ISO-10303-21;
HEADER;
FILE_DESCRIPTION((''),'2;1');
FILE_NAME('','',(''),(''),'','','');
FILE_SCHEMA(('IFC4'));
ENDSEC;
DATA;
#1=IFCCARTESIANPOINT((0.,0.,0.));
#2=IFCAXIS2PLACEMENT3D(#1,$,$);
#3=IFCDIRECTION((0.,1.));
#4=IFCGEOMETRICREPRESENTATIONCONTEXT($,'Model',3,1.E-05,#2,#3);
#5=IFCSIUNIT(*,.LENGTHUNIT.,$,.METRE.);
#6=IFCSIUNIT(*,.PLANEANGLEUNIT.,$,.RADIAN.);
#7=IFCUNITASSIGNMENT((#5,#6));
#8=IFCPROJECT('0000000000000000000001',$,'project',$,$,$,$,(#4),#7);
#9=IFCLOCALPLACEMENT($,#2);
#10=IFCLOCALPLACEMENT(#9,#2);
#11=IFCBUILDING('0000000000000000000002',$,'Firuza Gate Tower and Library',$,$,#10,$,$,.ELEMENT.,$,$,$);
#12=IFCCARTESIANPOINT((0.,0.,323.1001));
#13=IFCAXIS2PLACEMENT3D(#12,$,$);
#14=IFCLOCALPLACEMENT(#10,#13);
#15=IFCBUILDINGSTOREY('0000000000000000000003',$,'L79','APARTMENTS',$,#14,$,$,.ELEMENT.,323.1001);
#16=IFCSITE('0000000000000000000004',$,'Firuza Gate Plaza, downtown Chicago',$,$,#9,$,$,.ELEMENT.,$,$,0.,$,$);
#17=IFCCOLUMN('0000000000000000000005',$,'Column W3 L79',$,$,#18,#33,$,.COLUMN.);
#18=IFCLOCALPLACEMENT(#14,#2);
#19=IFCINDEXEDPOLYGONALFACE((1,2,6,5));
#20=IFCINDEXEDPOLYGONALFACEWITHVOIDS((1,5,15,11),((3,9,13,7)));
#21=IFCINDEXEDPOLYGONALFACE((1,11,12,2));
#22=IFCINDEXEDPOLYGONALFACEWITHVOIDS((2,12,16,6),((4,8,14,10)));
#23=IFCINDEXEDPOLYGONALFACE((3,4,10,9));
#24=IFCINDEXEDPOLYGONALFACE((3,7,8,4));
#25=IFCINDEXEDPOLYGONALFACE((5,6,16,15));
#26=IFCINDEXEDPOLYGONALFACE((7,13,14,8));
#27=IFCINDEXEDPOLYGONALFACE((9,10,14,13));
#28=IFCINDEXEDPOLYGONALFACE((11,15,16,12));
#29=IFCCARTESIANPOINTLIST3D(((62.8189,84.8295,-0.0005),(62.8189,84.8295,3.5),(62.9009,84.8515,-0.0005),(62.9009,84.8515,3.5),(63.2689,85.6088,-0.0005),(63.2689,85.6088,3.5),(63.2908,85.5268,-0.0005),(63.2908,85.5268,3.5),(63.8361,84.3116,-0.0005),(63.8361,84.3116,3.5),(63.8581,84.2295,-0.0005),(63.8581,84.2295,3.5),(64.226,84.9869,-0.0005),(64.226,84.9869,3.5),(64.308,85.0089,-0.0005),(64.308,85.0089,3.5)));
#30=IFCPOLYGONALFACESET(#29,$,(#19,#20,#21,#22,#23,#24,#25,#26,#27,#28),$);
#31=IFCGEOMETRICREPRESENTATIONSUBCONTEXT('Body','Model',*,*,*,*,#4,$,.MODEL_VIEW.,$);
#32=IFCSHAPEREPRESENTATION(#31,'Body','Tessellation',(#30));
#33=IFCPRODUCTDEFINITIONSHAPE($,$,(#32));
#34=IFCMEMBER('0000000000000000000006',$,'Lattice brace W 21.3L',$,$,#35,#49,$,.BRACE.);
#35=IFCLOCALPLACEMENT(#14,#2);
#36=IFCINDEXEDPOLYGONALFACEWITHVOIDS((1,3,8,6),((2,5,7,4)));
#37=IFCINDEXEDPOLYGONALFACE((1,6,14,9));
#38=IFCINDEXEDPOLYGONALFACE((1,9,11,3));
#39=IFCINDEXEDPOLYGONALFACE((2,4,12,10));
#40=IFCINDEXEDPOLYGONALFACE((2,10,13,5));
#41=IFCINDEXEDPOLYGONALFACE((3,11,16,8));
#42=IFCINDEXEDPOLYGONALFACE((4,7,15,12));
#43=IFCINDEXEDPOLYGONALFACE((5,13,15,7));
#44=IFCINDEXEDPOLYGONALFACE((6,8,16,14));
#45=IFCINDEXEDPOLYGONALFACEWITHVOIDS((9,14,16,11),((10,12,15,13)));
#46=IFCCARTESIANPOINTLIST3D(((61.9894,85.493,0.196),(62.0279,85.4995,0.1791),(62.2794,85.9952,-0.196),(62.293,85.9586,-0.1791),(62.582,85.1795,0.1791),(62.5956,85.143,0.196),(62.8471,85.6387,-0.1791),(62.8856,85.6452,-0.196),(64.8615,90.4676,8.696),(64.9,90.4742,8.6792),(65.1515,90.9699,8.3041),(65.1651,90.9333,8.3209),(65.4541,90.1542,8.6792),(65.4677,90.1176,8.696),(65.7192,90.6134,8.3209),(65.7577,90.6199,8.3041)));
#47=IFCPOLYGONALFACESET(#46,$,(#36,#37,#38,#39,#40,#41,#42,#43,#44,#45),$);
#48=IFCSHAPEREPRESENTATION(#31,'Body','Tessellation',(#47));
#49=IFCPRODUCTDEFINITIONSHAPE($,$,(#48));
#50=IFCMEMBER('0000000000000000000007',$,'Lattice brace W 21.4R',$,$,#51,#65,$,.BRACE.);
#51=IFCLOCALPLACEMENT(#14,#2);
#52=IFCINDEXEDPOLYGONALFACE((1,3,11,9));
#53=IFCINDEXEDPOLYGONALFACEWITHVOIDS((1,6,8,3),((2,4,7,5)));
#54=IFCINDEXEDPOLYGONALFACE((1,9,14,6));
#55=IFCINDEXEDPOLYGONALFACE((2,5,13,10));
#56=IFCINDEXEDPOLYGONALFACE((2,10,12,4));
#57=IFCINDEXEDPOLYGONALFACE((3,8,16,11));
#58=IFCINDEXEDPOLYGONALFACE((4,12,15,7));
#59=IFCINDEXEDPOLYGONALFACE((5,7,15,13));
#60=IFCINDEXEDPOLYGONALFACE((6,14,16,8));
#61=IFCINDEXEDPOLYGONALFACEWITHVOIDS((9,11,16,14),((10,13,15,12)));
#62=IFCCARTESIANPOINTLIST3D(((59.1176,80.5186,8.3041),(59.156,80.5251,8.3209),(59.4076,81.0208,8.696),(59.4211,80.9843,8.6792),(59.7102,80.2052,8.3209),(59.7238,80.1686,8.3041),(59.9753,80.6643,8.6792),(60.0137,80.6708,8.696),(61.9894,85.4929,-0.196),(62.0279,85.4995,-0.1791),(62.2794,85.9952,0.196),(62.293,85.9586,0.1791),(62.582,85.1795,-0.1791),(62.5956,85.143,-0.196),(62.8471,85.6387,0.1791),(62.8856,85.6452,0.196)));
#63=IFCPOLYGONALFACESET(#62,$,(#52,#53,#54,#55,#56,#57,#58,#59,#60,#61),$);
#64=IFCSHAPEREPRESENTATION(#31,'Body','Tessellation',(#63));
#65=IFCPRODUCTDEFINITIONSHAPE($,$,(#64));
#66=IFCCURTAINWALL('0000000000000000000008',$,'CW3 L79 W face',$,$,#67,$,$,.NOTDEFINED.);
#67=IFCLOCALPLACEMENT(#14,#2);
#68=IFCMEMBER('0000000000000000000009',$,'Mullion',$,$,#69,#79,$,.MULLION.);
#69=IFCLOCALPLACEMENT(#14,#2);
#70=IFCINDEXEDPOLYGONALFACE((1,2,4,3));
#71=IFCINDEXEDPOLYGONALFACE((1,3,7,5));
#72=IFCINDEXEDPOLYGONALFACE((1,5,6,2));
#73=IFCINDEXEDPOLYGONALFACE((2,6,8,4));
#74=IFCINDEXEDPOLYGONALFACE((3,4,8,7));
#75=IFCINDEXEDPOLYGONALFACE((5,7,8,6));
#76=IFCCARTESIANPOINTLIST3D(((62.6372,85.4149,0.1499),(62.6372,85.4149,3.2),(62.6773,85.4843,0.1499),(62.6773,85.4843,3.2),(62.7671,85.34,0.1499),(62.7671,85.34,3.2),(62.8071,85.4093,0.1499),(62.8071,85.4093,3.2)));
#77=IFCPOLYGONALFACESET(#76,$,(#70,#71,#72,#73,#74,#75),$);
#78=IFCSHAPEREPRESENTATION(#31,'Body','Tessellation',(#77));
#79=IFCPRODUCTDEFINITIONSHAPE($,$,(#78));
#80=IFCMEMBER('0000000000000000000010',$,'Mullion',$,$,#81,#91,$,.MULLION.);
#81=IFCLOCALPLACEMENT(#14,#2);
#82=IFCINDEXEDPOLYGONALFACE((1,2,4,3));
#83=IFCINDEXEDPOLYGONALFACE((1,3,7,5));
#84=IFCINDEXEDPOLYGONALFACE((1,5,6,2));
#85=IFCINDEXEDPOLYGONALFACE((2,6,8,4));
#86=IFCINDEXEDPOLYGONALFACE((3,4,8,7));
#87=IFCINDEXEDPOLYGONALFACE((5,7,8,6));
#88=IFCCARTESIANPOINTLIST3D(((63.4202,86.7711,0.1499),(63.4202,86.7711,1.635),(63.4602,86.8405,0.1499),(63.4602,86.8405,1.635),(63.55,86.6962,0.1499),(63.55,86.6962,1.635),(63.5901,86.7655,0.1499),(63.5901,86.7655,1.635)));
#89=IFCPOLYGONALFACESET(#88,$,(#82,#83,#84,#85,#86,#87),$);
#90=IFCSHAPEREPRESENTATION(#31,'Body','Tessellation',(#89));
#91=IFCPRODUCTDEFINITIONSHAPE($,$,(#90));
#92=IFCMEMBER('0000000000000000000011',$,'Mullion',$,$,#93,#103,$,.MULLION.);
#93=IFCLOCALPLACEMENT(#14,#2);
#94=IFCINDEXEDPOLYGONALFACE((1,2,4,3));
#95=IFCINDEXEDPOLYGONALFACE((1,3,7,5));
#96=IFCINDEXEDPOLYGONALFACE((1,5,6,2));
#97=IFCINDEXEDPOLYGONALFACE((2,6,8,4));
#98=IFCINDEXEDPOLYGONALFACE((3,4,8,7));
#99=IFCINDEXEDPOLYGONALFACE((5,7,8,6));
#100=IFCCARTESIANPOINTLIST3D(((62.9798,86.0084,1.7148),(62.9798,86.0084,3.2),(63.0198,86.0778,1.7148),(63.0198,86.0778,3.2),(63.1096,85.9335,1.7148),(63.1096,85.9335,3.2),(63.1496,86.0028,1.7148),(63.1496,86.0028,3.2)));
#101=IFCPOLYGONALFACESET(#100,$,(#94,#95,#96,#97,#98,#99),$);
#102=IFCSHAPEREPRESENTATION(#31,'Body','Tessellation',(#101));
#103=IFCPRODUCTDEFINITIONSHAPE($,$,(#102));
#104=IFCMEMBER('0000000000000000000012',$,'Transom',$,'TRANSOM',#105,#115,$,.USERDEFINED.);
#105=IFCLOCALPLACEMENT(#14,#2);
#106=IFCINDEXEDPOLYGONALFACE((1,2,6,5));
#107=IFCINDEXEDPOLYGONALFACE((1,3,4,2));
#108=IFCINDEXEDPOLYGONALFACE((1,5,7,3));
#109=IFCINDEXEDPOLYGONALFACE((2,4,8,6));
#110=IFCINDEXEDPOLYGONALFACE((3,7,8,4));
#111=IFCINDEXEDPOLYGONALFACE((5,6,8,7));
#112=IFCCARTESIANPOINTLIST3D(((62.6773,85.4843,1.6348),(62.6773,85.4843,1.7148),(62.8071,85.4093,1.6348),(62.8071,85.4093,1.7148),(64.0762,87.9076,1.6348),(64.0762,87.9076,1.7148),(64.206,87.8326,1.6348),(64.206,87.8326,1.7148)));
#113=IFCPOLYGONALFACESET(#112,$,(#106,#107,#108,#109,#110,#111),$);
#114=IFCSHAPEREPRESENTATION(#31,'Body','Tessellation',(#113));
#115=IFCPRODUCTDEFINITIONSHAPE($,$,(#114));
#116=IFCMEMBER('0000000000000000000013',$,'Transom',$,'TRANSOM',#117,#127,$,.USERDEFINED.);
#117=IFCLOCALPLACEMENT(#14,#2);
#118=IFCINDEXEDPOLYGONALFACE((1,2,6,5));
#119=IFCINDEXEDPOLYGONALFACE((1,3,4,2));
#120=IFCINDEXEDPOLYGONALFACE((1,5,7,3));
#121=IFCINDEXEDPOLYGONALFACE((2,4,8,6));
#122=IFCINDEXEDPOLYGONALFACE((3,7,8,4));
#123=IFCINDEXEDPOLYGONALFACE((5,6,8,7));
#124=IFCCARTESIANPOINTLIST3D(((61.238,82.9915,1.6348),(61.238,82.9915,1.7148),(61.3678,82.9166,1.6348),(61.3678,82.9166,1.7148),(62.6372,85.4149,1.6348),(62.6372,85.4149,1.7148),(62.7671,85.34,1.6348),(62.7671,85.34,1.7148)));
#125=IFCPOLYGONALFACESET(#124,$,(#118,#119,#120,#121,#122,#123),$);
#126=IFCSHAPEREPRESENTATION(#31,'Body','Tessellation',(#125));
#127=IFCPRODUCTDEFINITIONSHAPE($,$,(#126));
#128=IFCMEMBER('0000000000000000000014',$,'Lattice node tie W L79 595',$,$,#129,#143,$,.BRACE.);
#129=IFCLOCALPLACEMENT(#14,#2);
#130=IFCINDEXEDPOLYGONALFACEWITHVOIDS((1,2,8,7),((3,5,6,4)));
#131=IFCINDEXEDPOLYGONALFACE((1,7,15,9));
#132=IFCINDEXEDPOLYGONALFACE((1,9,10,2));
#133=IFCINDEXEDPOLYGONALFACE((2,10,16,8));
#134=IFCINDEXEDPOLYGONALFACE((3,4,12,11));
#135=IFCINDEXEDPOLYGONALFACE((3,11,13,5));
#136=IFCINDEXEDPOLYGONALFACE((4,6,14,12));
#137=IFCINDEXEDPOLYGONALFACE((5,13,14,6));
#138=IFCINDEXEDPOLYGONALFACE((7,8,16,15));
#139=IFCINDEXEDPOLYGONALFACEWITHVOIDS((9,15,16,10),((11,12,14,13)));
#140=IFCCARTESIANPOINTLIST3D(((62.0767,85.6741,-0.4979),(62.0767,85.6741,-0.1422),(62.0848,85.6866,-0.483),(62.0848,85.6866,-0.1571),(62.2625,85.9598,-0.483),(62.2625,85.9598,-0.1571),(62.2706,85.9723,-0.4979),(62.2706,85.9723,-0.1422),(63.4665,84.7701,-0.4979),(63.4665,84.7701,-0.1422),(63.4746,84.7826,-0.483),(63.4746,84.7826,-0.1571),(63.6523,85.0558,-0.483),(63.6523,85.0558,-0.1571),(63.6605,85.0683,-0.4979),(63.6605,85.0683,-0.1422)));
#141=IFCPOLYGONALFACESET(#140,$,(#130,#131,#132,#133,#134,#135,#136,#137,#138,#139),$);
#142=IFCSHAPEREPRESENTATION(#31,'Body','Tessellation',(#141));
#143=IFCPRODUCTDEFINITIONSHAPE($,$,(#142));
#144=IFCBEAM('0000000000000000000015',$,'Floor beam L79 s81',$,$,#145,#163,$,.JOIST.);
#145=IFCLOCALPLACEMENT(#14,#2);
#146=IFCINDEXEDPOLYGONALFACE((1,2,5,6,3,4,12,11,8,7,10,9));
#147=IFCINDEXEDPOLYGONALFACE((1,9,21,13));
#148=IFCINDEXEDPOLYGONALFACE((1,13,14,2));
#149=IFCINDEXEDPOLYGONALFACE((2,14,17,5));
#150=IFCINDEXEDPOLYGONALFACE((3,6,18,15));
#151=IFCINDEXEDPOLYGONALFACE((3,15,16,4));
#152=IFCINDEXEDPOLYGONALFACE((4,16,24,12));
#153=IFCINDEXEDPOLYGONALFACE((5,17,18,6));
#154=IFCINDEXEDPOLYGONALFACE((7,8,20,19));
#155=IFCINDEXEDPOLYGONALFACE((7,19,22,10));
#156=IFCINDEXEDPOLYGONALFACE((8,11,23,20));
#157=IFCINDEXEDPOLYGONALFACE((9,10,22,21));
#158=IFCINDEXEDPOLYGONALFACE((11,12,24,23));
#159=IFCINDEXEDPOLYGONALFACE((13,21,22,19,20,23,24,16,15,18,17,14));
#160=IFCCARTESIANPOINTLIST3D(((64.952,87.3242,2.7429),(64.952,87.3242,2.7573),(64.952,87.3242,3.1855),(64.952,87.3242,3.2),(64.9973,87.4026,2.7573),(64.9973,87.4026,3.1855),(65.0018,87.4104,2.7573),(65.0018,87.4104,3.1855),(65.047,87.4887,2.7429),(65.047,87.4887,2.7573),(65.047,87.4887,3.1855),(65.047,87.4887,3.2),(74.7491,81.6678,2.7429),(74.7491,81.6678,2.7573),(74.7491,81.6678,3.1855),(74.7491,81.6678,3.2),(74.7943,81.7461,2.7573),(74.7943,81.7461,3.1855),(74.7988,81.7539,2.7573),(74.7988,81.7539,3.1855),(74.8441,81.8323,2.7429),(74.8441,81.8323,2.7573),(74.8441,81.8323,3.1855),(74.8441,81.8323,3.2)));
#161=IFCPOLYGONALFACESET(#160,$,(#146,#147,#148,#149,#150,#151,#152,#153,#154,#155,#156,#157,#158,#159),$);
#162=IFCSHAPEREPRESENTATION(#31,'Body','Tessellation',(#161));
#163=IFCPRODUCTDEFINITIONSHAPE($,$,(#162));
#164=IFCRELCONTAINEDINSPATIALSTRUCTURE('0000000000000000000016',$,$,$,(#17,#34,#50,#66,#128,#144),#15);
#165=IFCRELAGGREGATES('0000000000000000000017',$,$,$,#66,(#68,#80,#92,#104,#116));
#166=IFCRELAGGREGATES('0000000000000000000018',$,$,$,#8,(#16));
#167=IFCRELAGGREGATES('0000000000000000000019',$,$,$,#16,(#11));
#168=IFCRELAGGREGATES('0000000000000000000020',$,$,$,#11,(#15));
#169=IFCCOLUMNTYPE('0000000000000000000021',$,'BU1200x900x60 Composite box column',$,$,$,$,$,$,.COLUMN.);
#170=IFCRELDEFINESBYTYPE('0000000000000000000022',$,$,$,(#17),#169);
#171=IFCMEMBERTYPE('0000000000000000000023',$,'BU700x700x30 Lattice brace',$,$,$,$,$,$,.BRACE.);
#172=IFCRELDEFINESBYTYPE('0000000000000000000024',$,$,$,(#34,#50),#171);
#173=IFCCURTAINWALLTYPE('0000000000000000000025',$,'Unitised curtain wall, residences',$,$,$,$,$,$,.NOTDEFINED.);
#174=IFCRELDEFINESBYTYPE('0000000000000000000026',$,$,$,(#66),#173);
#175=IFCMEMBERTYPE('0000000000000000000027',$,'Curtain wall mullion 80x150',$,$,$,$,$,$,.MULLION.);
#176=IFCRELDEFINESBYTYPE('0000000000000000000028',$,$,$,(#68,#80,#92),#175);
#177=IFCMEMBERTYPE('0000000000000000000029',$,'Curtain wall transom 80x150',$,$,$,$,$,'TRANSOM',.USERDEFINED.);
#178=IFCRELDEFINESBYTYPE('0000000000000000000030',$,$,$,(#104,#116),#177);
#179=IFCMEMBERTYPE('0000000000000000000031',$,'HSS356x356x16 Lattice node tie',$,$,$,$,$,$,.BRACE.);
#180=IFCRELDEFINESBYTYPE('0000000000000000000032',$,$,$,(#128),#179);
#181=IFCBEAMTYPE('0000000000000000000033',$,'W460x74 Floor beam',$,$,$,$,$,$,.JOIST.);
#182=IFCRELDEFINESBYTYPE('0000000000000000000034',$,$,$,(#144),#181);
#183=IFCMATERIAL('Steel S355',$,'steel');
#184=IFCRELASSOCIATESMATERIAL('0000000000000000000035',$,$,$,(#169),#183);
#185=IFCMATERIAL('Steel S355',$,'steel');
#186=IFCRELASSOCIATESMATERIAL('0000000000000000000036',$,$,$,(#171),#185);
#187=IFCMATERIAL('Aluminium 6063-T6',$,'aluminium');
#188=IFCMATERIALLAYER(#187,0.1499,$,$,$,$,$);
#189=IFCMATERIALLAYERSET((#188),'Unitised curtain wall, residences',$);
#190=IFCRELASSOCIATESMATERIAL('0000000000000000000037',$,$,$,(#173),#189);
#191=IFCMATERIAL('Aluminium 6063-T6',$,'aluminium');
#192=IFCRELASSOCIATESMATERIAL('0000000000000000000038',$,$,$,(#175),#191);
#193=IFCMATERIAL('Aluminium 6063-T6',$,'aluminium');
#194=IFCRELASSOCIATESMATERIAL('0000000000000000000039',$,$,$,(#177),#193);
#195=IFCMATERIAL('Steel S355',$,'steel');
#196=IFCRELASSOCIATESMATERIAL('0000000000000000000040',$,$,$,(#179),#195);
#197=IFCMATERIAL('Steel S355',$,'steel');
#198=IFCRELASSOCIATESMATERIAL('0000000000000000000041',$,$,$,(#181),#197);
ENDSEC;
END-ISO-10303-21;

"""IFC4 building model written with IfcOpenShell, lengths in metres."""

from ifc_helpers import new_model, si_unit, direction, frame, origin, origin_2d, place, context, subcontext, project, spatial, rectangle, hollow_rectangle, i_section, extrude, material, layer, layer_set, material_profile, profile_set, type_object, element, aggregate, save


model = new_model("IFC4")

# Units and contexts
model_context = context("Model", 3, precision=1e-05, world=origin(), true_north=direction((0.0, 1.0)))
body_context = subcontext(model_context, "Body", "Model", "MODEL_VIEW")
ifc_project = project(units=[si_unit("LENGTHUNIT", "METRE"), si_unit("PLANEANGLEUNIT", "RADIAN")], contexts=[model_context])

# Site, building, storey
site_placement = place(None, origin())
site = spatial("IfcSite", under=ifc_project, at=site_placement, Name="Firuza Gate Plaza, downtown Chicago", CompositionType="ELEMENT", RefElevation=0.0)
building_placement = place(site_placement, origin())
building = spatial("IfcBuilding", under=site, at=building_placement, Name="Firuza Gate Tower and Library", CompositionType="ELEMENT")
storey_placement = place(building_placement, frame((0.0, 0.0, 323.1001)))
storey = spatial("IfcBuildingStorey", under=building, at=storey_placement, Name="L79", Description="APARTMENTS", CompositionType="ELEMENT", Elevation=323.1001)

# Column
ifc_material_1 = material(Name="Steel S355", Category="steel")
ifc_material_profile_1 = material_profile(ifc_material_1, hollow_rectangle(XDim=0.8999, YDim=1.2, WallThickness=0.0601, at=origin_2d()))
ifc_profile_set_1 = profile_set([ifc_material_profile_1], Name="Steel S355")
column_type = type_object("IfcColumnType", Name="BU1200x900x60 Composite box column", PredefinedType="COLUMN", material=ifc_profile_set_1)
column_placement = place(storey_placement, frame((63.5635, 84.9192, -0.0005), z_axis=(0.0, 0.0, 1.0), x_axis=(-0.5, -0.866025, 0.0)))
element("IfcColumn", 1, at=column_placement, inside=storey, type_object=column_type, Name="Column W3 L79", PredefinedType="COLUMN", context=body_context, shape_type="SweptSolid", body=[
    extrude(hollow_rectangle(XDim=0.8999, YDim=1.2, WallThickness=0.0601, at=origin_2d()), origin(), (0.0, 0.0, 1.0), 3.5005),
])

# Members
ifc_material_2 = material(Name="Steel S355", Category="steel")
ifc_material_profile_2 = material_profile(ifc_material_2, hollow_rectangle(XDim=0.7, YDim=0.7, WallThickness=0.03, at=origin_2d()))
ifc_profile_set_2 = profile_set([ifc_material_profile_2], Name="Steel S355")
member_type_1 = type_object("IfcMemberType", Name="BU700x700x30 Lattice brace", PredefinedType="BRACE", material=ifc_profile_set_2)
member_1_placement = place(storey_placement, frame((62.4375, 85.5691, 0.0), z_axis=(0.279958, 0.484906, 0.828547), x_axis=(-0.866027, 0.499997, 0.0)))
element("IfcMember", 2, at=member_1_placement, inside=storey, type_object=member_type_1, Name="Lattice brace W 21.3L", PredefinedType="BRACE", context=body_context, shape_type="SweptSolid", body=[
    extrude(hollow_rectangle(XDim=0.7, YDim=0.7, WallThickness=0.03, at=origin_2d()), origin(), (0.0, 0.0, 1.0), 10.259),
])
member_2_placement = place(storey_placement, frame((62.4375, 85.5691, 0.0), z_axis=(-0.27994, -0.484891, 0.828562), x_axis=(0.866035, -0.499984, 0.0)))
element("IfcMember", 3, at=member_2_placement, inside=storey, type_object=member_type_1, Name="Lattice brace W 21.4R", PredefinedType="BRACE", context=body_context, shape_type="SweptSolid", body=[
    extrude(hollow_rectangle(XDim=0.7, YDim=0.7, WallThickness=0.03, at=origin_2d()), origin(), (0.0, 0.0, 1.0), 10.2588),
])

# Curtain wall, members
ifc_material_3 = material(Name="Aluminium 6063-T6", Category="aluminium")
ifc_layer_1 = layer(ifc_material_3, 0.1499)
ifc_layer_set_1 = layer_set([ifc_layer_1], Name="Unitised curtain wall, residences")
curtain_wall_type = type_object("IfcCurtainWallType", Name="Unitised curtain wall, residences", PredefinedType="NOTDEFINED", material=ifc_layer_set_1)
curtain_wall_placement = place(storey_placement, origin())
curtain_wall = element("IfcCurtainWall", 4, at=curtain_wall_placement, inside=storey, type_object=curtain_wall_type, Name="CW3 L79 W face", PredefinedType="NOTDEFINED")
ifc_material_4 = material(Name="Aluminium 6063-T6", Category="aluminium")
ifc_material_profile_3 = material_profile(ifc_material_4, rectangle(XDim=0.1499, YDim=0.0801, at=origin_2d()))
ifc_profile_set_3 = profile_set([ifc_material_profile_3], Name="Aluminium 6063-T6")
member_type_2 = type_object("IfcMemberType", Name="Curtain wall mullion 80x150", PredefinedType="MULLION", material=ifc_profile_set_3)
member_3_placement = place(storey_placement, frame((62.7222, 85.4121, 0.1499), z_axis=(0.0, 0.0, 1.0), x_axis=(0.866025, -0.5, 0.0)))
member_3 = element("IfcMember", 5, at=member_3_placement, type_object=member_type_2, Name="Mullion", PredefinedType="MULLION", context=body_context, shape_type="SweptSolid", body=[
    extrude(rectangle(XDim=0.1499, YDim=0.0801, at=origin_2d()), origin(), (0.0, 0.0, 1.0), 3.05),
])
member_4_placement = place(storey_placement, frame((63.5051, 86.7683, 0.1499), z_axis=(0.0, 0.0, 1.0), x_axis=(0.866025, -0.5, 0.0)))
member_4 = element("IfcMember", 6, at=member_4_placement, type_object=member_type_2, Name="Mullion", PredefinedType="MULLION", context=body_context, shape_type="SweptSolid", body=[
    extrude(rectangle(XDim=0.1499, YDim=0.0801, at=origin_2d()), origin(), (0.0, 0.0, 1.0), 1.4851),
])
member_5_placement = place(storey_placement, frame((63.0647, 86.0056, 1.7148), z_axis=(0.0, 0.0, 1.0), x_axis=(0.866025, -0.5, 0.0)))
member_5 = element("IfcMember", 7, at=member_5_placement, type_object=member_type_2, Name="Mullion", PredefinedType="MULLION", context=body_context, shape_type="SweptSolid", body=[
    extrude(rectangle(XDim=0.1499, YDim=0.0801, at=origin_2d()), origin(), (0.0, 0.0, 1.0), 1.4851),
])
ifc_material_5 = material(Name="Aluminium 6063-T6", Category="aluminium")
ifc_material_profile_4 = material_profile(ifc_material_5, rectangle(XDim=0.1499, YDim=0.0801, at=origin_2d()))
ifc_profile_set_4 = profile_set([ifc_material_profile_4], Name="Aluminium 6063-T6")
member_type_3 = type_object("IfcMemberType", Name="Curtain wall transom 80x150", ElementType="TRANSOM", PredefinedType="USERDEFINED", material=ifc_profile_set_4)
member_6_placement = place(storey_placement, frame((64.1411, 87.8701, 1.6748), z_axis=(-0.499949, -0.866055, 0.0), x_axis=(0.866055, -0.499949, 0.0)))
member_6 = element("IfcMember", 8, at=member_6_placement, type_object=member_type_3, Name="Transom", ObjectType="TRANSOM", PredefinedType="USERDEFINED", context=body_context, shape_type="SweptSolid", body=[
    extrude(rectangle(XDim=0.1499, YDim=0.0801, at=origin_2d()), origin(), (0.0, 0.0, 1.0), 2.7981),
])
member_7_placement = place(storey_placement, frame((62.7021, 85.3774, 1.6748), z_axis=(-0.500014, -0.866017, 0.0), x_axis=(0.866017, -0.500014, 0.0)))
member_7 = element("IfcMember", 9, at=member_7_placement, type_object=member_type_3, Name="Transom", ObjectType="TRANSOM", PredefinedType="USERDEFINED", context=body_context, shape_type="SweptSolid", body=[
    extrude(rectangle(XDim=0.1499, YDim=0.0801, at=origin_2d()), origin(), (0.0, 0.0, 1.0), 2.7983),
])

# Member
ifc_material_6 = material(Name="Steel S355", Category="steel")
ifc_material_profile_5 = material_profile(ifc_material_6, hollow_rectangle(XDim=0.3557, YDim=0.3557, WallThickness=0.0149, at=origin_2d()))
ifc_profile_set_5 = profile_set([ifc_material_profile_5], Name="Steel S355")
member_type_4 = type_object("IfcMemberType", Name="HSS356x356x16 Lattice node tie", PredefinedType="BRACE", material=ifc_profile_set_5)
member_8_placement = place(storey_placement, frame((63.5635, 84.9192, -0.3201), z_axis=(-0.838272, 0.545252, 0.0), x_axis=(-0.545252, -0.838272, 0.0)))
element("IfcMember", 10, at=member_8_placement, inside=storey, type_object=member_type_4, Name="Lattice node tie W L79 595", PredefinedType="BRACE", context=body_context, shape_type="SweptSolid", body=[
    extrude(hollow_rectangle(XDim=0.3557, YDim=0.3557, WallThickness=0.0149, at=origin_2d()), origin(), (0.0, 0.0, 1.0), 1.658),
])

# Beam
ifc_material_7 = material(Name="Steel S355", Category="steel")
ifc_material_profile_6 = material_profile(ifc_material_7, i_section(OverallWidth=0.1899, OverallDepth=0.457, WebThickness=0.009, FlangeThickness=0.0144, at=origin_2d()))
ifc_profile_set_6 = profile_set([ifc_material_profile_6], Name="Steel S355")
beam_type_1 = type_object("IfcBeamType", Name="W460x74 Floor beam", PredefinedType="JOIST", material=ifc_profile_set_6)
beam_1_placement = place(storey_placement, frame((64.9995, 87.4065, 2.9714), z_axis=(0.866021, -0.500008, 0.0), x_axis=(0.500008, 0.866021, 0.0)))
element("IfcBeam", 11, at=beam_1_placement, inside=storey, type_object=beam_type_1, Name="Floor beam L79 s81", PredefinedType="JOIST", context=body_context, shape_type="SweptSolid", body=[
    extrude(i_section(OverallWidth=0.1899, OverallDepth=0.457, WebThickness=0.009, FlangeThickness=0.0144, at=origin_2d()), origin(), (0.0, 0.0, 1.0), 11.3127),
])

aggregate(curtain_wall, [member_3, member_4, member_5, member_6, member_7])

save(model, "model.ifc")
